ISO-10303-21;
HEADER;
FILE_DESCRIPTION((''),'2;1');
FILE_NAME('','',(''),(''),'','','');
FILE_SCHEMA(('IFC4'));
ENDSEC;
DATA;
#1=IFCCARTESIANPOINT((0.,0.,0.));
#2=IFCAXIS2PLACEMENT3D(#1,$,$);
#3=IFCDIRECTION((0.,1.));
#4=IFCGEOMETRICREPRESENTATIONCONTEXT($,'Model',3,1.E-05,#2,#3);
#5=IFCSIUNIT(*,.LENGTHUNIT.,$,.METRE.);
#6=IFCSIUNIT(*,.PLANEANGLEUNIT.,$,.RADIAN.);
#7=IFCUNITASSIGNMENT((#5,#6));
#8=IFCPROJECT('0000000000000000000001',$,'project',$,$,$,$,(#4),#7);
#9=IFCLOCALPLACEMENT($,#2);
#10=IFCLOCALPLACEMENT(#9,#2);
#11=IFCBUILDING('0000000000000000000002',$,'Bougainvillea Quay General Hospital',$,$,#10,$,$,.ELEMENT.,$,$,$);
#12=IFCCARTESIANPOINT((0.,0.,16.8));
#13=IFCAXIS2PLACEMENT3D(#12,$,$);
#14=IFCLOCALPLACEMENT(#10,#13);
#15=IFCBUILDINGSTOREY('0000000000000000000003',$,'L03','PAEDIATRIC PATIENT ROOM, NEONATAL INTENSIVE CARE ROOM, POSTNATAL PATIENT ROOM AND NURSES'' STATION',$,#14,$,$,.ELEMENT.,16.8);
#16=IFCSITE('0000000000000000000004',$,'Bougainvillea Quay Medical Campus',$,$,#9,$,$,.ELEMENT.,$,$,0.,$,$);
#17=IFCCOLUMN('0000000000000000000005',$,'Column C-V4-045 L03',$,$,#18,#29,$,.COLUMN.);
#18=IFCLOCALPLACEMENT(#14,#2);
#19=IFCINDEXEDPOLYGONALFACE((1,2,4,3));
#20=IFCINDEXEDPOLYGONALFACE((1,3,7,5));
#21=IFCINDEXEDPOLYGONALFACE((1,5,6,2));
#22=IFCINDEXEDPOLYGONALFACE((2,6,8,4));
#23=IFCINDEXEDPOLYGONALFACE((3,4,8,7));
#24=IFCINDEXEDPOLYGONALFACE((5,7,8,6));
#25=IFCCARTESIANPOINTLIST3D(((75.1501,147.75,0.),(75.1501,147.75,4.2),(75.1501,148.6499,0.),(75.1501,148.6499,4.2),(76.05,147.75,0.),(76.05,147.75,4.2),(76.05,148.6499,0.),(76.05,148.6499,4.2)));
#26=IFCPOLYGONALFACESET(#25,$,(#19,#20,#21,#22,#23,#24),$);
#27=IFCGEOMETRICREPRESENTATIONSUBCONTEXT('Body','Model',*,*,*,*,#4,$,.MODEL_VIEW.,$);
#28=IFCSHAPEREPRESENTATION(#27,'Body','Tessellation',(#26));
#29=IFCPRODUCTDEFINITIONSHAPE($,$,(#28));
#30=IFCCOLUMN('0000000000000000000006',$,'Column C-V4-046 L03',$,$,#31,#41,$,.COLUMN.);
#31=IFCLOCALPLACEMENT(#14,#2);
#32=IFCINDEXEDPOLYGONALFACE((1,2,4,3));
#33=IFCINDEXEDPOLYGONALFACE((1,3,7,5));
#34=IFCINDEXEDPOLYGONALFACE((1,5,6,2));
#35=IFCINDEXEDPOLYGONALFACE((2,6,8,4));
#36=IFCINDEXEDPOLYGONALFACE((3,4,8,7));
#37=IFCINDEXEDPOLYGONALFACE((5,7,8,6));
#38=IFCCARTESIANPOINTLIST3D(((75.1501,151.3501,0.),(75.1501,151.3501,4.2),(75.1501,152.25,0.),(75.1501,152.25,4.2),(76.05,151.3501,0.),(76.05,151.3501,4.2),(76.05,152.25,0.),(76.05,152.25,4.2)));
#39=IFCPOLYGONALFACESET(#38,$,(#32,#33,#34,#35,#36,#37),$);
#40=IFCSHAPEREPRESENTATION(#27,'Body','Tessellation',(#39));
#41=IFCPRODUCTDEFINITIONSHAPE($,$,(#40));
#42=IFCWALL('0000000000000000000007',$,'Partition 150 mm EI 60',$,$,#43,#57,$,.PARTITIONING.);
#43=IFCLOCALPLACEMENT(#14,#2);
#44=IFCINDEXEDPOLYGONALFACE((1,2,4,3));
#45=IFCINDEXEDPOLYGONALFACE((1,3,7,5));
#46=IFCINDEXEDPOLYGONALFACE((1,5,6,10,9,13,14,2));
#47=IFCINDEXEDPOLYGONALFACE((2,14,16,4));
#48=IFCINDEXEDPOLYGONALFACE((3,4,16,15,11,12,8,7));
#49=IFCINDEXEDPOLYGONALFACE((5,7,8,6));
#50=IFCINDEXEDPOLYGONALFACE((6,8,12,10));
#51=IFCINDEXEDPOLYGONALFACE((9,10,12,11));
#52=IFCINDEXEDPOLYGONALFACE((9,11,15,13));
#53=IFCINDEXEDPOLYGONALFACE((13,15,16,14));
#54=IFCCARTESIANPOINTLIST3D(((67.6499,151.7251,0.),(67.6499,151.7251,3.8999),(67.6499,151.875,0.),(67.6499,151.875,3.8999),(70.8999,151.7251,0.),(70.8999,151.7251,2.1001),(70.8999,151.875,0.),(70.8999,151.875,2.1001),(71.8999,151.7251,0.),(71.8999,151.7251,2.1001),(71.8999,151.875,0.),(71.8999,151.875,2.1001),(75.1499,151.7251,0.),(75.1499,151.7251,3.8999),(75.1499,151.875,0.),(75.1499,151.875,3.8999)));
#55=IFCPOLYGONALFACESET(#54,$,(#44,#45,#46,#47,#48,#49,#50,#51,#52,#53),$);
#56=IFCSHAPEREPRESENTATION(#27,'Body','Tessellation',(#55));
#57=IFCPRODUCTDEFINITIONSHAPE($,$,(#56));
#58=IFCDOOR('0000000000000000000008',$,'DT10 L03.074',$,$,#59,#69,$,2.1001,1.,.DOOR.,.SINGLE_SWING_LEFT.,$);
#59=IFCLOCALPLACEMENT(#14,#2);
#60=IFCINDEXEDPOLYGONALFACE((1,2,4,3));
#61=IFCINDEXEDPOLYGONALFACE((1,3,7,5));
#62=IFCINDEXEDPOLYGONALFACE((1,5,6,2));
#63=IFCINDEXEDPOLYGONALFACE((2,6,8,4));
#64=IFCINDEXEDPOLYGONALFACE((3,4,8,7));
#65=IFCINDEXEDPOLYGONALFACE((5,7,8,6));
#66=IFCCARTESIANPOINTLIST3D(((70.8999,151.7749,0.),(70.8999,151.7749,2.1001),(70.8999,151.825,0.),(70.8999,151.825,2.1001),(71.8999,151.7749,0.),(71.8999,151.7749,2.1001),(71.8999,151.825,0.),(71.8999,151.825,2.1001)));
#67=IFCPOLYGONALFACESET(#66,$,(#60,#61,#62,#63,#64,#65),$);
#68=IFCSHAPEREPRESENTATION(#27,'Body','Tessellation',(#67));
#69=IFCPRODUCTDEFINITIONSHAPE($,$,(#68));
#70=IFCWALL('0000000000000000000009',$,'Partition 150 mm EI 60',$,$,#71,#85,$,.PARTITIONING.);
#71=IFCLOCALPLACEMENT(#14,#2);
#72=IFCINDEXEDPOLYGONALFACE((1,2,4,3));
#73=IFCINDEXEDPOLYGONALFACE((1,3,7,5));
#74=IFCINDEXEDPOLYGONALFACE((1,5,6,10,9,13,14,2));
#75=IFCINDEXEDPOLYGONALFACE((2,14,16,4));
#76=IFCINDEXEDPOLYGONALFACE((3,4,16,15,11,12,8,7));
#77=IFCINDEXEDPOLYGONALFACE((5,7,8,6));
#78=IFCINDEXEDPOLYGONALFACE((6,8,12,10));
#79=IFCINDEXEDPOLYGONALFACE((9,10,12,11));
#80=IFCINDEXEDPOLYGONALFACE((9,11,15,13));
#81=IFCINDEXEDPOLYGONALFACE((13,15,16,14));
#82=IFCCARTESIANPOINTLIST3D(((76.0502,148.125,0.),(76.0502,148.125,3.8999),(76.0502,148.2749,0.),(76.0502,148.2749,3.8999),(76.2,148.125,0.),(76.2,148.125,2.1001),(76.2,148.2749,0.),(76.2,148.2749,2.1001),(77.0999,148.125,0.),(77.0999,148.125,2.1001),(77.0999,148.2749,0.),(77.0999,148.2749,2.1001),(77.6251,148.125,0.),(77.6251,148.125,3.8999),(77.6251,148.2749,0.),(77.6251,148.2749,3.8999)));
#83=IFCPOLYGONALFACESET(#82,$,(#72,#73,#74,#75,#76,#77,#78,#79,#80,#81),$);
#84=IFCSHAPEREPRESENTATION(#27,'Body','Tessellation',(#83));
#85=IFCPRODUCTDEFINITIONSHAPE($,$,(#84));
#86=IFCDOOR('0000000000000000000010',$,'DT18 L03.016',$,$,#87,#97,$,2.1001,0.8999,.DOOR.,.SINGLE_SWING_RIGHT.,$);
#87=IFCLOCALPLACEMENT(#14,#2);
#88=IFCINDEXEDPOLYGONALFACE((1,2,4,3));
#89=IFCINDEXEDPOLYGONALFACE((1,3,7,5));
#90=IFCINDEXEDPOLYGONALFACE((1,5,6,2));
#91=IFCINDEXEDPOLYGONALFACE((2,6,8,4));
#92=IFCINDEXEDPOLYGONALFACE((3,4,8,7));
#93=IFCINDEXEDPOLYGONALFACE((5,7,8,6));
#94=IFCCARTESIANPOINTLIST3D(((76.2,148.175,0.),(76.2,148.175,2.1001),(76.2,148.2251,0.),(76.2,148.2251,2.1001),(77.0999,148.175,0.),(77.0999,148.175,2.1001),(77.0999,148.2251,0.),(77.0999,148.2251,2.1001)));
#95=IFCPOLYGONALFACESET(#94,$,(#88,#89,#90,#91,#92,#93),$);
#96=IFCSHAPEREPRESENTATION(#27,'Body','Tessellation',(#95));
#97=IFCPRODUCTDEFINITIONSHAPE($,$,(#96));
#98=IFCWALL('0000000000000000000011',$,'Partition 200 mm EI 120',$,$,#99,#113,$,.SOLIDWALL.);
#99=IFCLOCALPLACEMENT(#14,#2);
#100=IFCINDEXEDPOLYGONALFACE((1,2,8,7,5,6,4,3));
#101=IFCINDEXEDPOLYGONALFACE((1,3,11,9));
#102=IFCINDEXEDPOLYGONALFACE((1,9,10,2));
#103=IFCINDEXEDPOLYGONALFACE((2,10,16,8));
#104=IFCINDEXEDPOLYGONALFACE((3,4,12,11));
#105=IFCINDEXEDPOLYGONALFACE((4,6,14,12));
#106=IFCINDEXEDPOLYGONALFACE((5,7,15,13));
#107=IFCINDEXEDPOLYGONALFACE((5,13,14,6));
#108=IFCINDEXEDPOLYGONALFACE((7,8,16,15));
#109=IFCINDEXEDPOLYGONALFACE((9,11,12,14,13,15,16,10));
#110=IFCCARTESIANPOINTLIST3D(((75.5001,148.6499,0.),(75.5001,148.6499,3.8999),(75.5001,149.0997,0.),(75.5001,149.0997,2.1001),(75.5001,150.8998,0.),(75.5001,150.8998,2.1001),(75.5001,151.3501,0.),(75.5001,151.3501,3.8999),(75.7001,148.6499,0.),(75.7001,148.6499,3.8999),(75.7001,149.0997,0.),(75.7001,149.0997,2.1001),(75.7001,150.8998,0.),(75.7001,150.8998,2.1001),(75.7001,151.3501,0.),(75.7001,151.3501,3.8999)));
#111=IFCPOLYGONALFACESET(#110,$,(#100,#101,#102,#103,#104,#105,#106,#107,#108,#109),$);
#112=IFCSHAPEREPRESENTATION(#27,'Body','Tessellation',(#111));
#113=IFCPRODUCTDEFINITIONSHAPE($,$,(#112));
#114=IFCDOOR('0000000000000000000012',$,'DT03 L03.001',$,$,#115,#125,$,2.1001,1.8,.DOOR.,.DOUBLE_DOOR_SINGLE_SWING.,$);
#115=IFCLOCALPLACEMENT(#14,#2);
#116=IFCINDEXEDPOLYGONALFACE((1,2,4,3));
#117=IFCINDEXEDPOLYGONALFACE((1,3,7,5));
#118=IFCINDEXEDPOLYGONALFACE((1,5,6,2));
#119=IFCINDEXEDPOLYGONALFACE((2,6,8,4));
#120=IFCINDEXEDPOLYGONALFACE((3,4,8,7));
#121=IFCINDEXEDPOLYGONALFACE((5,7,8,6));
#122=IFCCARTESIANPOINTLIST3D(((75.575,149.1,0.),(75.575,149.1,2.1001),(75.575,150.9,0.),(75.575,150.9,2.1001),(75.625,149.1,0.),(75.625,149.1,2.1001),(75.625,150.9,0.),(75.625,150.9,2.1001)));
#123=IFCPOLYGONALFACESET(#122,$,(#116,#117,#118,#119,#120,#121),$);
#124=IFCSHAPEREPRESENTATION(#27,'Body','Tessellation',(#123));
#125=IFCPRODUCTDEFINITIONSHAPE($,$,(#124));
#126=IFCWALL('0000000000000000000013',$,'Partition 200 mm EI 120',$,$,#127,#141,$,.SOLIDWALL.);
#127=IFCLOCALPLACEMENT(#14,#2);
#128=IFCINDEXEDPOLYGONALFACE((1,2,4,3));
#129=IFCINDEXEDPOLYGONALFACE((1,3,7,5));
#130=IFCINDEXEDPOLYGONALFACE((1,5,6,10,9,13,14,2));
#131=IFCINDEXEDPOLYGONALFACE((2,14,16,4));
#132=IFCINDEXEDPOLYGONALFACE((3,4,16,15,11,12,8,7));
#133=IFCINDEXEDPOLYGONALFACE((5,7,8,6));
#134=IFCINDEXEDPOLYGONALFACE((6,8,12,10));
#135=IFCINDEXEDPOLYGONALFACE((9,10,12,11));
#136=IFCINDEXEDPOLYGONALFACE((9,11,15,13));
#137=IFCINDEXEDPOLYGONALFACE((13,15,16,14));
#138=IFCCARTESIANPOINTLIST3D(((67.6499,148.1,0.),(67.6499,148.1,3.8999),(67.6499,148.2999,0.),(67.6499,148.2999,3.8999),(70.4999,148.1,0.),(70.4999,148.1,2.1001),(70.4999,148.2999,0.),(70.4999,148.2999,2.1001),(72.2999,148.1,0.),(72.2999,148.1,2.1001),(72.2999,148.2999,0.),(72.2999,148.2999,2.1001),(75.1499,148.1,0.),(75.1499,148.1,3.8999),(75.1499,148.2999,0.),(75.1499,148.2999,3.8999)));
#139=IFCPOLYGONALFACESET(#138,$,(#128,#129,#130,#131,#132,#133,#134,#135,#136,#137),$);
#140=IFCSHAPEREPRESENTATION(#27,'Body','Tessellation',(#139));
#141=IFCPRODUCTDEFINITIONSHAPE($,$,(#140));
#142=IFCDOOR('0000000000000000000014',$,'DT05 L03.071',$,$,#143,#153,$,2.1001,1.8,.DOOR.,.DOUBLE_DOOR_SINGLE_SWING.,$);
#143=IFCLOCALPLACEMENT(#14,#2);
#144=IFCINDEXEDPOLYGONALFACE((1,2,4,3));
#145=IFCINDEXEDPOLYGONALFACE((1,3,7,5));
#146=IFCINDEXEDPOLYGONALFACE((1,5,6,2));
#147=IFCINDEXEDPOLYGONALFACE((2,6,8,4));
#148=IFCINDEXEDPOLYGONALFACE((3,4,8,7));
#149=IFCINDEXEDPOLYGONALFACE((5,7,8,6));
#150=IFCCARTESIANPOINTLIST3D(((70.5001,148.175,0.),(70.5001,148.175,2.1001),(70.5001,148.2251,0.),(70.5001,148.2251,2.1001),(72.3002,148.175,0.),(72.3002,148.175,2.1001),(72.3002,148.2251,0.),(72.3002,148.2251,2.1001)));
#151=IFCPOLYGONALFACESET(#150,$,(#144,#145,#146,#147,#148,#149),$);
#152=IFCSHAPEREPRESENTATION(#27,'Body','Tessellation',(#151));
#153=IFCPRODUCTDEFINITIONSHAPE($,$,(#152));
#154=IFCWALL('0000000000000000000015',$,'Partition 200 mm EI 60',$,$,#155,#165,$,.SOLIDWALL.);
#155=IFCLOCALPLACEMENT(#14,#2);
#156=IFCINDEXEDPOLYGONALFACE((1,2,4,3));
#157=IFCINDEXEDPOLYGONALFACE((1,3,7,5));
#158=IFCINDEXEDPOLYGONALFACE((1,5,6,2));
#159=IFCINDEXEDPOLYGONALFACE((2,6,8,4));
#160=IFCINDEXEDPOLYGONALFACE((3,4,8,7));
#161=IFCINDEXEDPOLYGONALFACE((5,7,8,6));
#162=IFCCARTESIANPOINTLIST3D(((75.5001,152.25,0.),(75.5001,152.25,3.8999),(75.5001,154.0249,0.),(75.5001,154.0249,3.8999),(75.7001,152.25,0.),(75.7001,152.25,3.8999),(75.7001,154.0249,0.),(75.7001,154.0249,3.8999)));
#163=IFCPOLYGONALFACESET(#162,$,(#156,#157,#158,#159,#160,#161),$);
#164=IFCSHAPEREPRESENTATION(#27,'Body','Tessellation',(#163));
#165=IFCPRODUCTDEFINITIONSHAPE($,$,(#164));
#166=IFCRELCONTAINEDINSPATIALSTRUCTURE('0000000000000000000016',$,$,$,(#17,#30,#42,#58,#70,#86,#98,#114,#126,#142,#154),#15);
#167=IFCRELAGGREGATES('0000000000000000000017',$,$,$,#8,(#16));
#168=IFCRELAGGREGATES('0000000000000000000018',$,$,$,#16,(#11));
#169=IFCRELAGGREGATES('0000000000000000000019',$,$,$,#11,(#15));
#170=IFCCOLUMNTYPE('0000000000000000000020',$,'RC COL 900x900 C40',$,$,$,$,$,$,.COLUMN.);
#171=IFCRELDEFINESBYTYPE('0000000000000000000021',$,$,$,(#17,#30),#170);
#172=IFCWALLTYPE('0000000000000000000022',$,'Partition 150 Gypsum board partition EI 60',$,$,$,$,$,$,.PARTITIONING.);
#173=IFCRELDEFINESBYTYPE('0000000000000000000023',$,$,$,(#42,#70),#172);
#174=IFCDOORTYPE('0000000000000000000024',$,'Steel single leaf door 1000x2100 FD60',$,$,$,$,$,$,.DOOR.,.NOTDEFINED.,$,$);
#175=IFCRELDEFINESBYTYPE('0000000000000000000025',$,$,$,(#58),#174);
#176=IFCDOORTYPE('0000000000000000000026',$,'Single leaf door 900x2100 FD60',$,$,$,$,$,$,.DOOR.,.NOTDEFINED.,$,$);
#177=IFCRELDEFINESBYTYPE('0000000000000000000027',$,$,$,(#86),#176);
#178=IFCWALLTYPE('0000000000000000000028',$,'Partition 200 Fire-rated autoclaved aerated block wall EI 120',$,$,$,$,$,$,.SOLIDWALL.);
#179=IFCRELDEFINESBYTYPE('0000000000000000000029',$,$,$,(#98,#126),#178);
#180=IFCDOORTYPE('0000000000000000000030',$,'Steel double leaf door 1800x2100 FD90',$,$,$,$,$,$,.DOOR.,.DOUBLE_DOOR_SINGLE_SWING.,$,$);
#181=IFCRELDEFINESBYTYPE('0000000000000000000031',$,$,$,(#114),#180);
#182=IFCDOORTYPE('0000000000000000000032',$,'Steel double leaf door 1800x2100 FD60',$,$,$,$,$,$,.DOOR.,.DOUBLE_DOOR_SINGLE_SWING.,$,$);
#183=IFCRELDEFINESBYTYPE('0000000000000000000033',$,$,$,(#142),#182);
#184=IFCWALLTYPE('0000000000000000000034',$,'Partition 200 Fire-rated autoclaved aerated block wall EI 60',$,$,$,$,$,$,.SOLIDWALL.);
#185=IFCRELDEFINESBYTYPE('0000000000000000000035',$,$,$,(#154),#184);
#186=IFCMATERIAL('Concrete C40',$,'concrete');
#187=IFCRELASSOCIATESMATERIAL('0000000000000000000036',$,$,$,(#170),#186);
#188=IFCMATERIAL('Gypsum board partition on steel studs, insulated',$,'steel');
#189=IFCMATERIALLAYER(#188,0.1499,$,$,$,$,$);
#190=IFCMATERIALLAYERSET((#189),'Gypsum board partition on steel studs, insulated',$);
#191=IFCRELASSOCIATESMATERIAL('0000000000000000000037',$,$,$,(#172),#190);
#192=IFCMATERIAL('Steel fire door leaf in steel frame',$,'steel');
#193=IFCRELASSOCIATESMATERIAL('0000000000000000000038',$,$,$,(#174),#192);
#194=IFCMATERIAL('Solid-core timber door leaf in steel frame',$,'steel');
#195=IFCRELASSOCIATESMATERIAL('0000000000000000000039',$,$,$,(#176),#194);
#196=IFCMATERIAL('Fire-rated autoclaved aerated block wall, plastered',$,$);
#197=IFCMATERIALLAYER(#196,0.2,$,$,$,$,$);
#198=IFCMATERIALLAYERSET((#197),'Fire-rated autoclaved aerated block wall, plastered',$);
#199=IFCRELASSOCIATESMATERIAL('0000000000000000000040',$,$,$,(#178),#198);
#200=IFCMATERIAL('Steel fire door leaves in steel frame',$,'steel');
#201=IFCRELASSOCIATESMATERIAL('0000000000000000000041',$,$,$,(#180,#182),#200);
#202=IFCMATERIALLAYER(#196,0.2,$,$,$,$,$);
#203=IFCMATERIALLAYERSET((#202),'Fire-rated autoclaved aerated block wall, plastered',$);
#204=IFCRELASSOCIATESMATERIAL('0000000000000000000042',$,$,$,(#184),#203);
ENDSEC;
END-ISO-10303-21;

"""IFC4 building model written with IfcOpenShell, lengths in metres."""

from ifc_helpers import new_model, si_unit, direction, frame, frame_2d, origin, origin_2d, place, context, subcontext, project, spatial, rectangle, extrude, material, layer, layer_set, material_profile, profile_set, type_object, element, fill, save


model = new_model("IFC4")

# Units and contexts
model_context = context("Model", 3, precision=1e-05, world=origin(), true_north=direction((0.0, 1.0)))
body_context = subcontext(model_context, "Body", "Model", "MODEL_VIEW")
ifc_project = project(units=[si_unit("LENGTHUNIT", "METRE"), si_unit("PLANEANGLEUNIT", "RADIAN")], contexts=[model_context])

# Site, building, storey
site_placement = place(None, origin())
site = spatial("IfcSite", under=ifc_project, at=site_placement, Name="Bougainvillea Quay Medical Campus", CompositionType="ELEMENT", RefElevation=0.0)
building_placement = place(site_placement, origin())
building = spatial("IfcBuilding", under=site, at=building_placement, Name="Bougainvillea Quay General Hospital", CompositionType="ELEMENT")
storey_placement = place(building_placement, frame((0.0, 0.0, 16.8)))
storey = spatial("IfcBuildingStorey", under=building, at=storey_placement, Name="L03", Description="PAEDIATRIC PATIENT ROOM, NEONATAL INTENSIVE CARE ROOM, POSTNATAL PATIENT ROOM AND NURSES' STATION", CompositionType="ELEMENT", Elevation=16.8)

# Columns
ifc_material_1 = material(Name="Concrete C40", Category="concrete")
ifc_material_profile_1 = material_profile(ifc_material_1, rectangle(XDim=0.8999, YDim=0.8999, at=origin_2d()))
ifc_profile_set_1 = profile_set([ifc_material_profile_1], Name="Concrete C40")
column_type = type_object("IfcColumnType", Name="RC COL 900x900 C40", PredefinedType="COLUMN", material=ifc_profile_set_1)
for number, where, z_axis, x_axis, name in (
    (1, (75.6001, 148.2, 0.0), (0.0, 0.0, 1.0), (1.0, 0.0, 0.0), "Column C-V4-045 L03"),
    (2, (75.6001, 151.8, 0.0), (0.0, 0.0, 1.0), (1.0, 0.0, 0.0), "Column C-V4-046 L03"),
):
    element("IfcColumn", number, at=place(storey_placement, frame(where, z_axis=z_axis, x_axis=x_axis)), inside=storey, type_object=column_type, Name=name, PredefinedType="COLUMN", context=body_context, shape_type="SweptSolid", body=[
        extrude(rectangle(XDim=0.8999, YDim=0.8999, at=origin_2d()), origin(), (0.0, 0.0, 1.0), 4.2),
    ])

# Walls, openings, doors
ifc_material_2 = material(Name="Gypsum board partition on steel studs, insulated", Category="steel")
ifc_layer_1 = layer(ifc_material_2, 0.1499)
ifc_layer_set_1 = layer_set([ifc_layer_1], Name="Gypsum board partition on steel studs, insulated")
wall_type_1 = type_object("IfcWallType", Name="Partition 150 Gypsum board partition EI 60", PredefinedType="PARTITIONING", material=ifc_layer_set_1)
wall_1_placement = place(storey_placement, frame((67.6499, 151.8, 0.0), z_axis=(0.0, 0.0, 1.0), x_axis=(1.0, 0.0, 0.0)))
wall_1 = element("IfcWall", 3, at=wall_1_placement, inside=storey, type_object=wall_type_1, Name="Partition 150 mm EI 60", PredefinedType="PARTITIONING", context=body_context, shape_type="SweptSolid", body=[
    extrude(rectangle(XDim=7.5, YDim=0.1499, at=frame_2d((3.75, 0.0))), origin(), (0.0, 0.0, 1.0), 3.8999),
])
opening_1_placement = place(wall_1_placement, frame((3.25, 0.0, 0.0)))
opening_1 = element("IfcOpeningElement", 4, at=opening_1_placement, cuts=wall_1, PredefinedType="OPENING", context=body_context, shape_type="SweptSolid", body=[
    extrude(rectangle(XDim=1.0, YDim=2.1001, at=frame_2d((0.5, 1.05))), frame((0.0, 0.085, 0.0), z_axis=(0.0, -1.0, 0.0), x_axis=(1.0, 0.0, 0.0)), (0.0, 0.0, 1.0), 0.1699),
])
ifc_material_3 = material(Name="Steel fire door leaf in steel frame", Category="steel")
door_type_1 = type_object("IfcDoorType", Name="Steel single leaf door 1000x2100 FD60", OperationType="NOTDEFINED", PredefinedType="DOOR", material=ifc_material_3)
door_1_placement = place(opening_1_placement, origin())
door_1 = element("IfcDoor", 5, at=door_1_placement, inside=storey, type_object=door_type_1, Name="DT10 L03.074", OperationType="SINGLE_SWING_LEFT", OverallHeight=2.1001, OverallWidth=1.0, PredefinedType="DOOR", context=body_context, shape_type="SweptSolid", body=[
    extrude(rectangle(XDim=1.0, YDim=2.1001, at=frame_2d((0.5, 1.05))), frame((0.0, 0.0249, 0.0), z_axis=(0.0, -1.0, 0.0), x_axis=(1.0, 0.0, 0.0)), (0.0, 0.0, 1.0), 0.05),
])
fill(opening_1, door_1)
wall_2_placement = place(storey_placement, frame((76.05, 148.2, 0.0), z_axis=(0.0, 0.0, 1.0), x_axis=(1.0, 0.0, 0.0)))
wall_2 = element("IfcWall", 6, at=wall_2_placement, inside=storey, type_object=wall_type_1, Name="Partition 150 mm EI 60", PredefinedType="PARTITIONING", context=body_context, shape_type="SweptSolid", body=[
    extrude(rectangle(XDim=1.575, YDim=0.1499, at=frame_2d((0.7876, 0.0))), origin(), (0.0, 0.0, 1.0), 3.8999),
])
opening_2_placement = place(wall_2_placement, frame((0.1499, 0.0, 0.0)))
opening_2 = element("IfcOpeningElement", 7, at=opening_2_placement, cuts=wall_2, PredefinedType="OPENING", context=body_context, shape_type="SweptSolid", body=[
    extrude(rectangle(XDim=0.8999, YDim=2.1001, at=frame_2d((0.45, 1.05))), frame((0.0, 0.085, 0.0), z_axis=(0.0, -1.0, 0.0), x_axis=(1.0, 0.0, 0.0)), (0.0, 0.0, 1.0), 0.1699),
])
ifc_material_4 = material(Name="Solid-core timber door leaf in steel frame", Category="steel")
door_type_2 = type_object("IfcDoorType", Name="Single leaf door 900x2100 FD60", OperationType="NOTDEFINED", PredefinedType="DOOR", material=ifc_material_4)
door_2_placement = place(opening_2_placement, frame((0.8999, 0.0, 0.0), z_axis=(0.0, 0.0, 1.0), x_axis=(-1.0, 0.0, 0.0)))
door_2 = element("IfcDoor", 8, at=door_2_placement, inside=storey, type_object=door_type_2, Name="DT18 L03.016", OperationType="SINGLE_SWING_RIGHT", OverallHeight=2.1001, OverallWidth=0.8999, PredefinedType="DOOR", context=body_context, shape_type="SweptSolid", body=[
    extrude(rectangle(XDim=0.8999, YDim=2.1001, at=frame_2d((0.45, 1.05))), frame((0.0, 0.0249, 0.0), z_axis=(0.0, -1.0, 0.0), x_axis=(1.0, 0.0, 0.0)), (0.0, 0.0, 1.0), 0.05),
])
fill(opening_2, door_2)
ifc_material_5 = material(Name="Fire-rated autoclaved aerated block wall, plastered")
ifc_layer_2 = layer(ifc_material_5, 0.2)
ifc_layer_set_2 = layer_set([ifc_layer_2], Name="Fire-rated autoclaved aerated block wall, plastered")
wall_type_2 = type_object("IfcWallType", Name="Partition 200 Fire-rated autoclaved aerated block wall EI 120", PredefinedType="SOLIDWALL", material=ifc_layer_set_2)
wall_3_placement = place(storey_placement, frame((75.6001, 148.6499, 0.0), z_axis=(0.0, 0.0, 1.0), x_axis=(0.0, 1.0, 0.0)))
wall_3 = element("IfcWall", 9, at=wall_3_placement, inside=storey, type_object=wall_type_2, Name="Partition 200 mm EI 120", PredefinedType="SOLIDWALL", context=body_context, shape_type="SweptSolid", body=[
    extrude(rectangle(XDim=2.7002, YDim=0.2, at=frame_2d((1.3501, 0.0))), origin(), (0.0, 0.0, 1.0), 3.8999),
])
opening_3_placement = place(wall_3_placement, frame((0.45, 0.0, 0.0)))
opening_3 = element("IfcOpeningElement", 10, at=opening_3_placement, cuts=wall_3, PredefinedType="OPENING", context=body_context, shape_type="SweptSolid", body=[
    extrude(rectangle(XDim=1.8, YDim=2.1001, at=frame_2d((0.8999, 1.05))), frame((0.0, 0.1099, 0.0), z_axis=(0.0, -1.0, 0.0), x_axis=(1.0, 0.0, 0.0)), (0.0, 0.0, 1.0), 0.22),
])
ifc_material_6 = material(Name="Steel fire door leaves in steel frame", Category="steel")
door_type_3 = type_object("IfcDoorType", Name="Steel double leaf door 1800x2100 FD90", OperationType="DOUBLE_DOOR_SINGLE_SWING", PredefinedType="DOOR", material=ifc_material_6)
door_3_placement = place(opening_3_placement, frame((1.8, 0.0, 0.0), z_axis=(0.0, 0.0, 1.0), x_axis=(-1.0, 0.0, 0.0)))
door_3 = element("IfcDoor", 11, at=door_3_placement, inside=storey, type_object=door_type_3, Name="DT03 L03.001", OperationType="DOUBLE_DOOR_SINGLE_SWING", OverallHeight=2.1001, OverallWidth=1.8, PredefinedType="DOOR", context=body_context, shape_type="SweptSolid", body=[
    extrude(rectangle(XDim=1.8, YDim=2.1001, at=frame_2d((0.8999, 1.05))), frame((0.0, 0.0249, 0.0), z_axis=(0.0, -1.0, 0.0), x_axis=(1.0, 0.0, 0.0)), (0.0, 0.0, 1.0), 0.05),
])
fill(opening_3, door_3)
wall_4_placement = place(storey_placement, frame((67.6499, 148.2, 0.0), z_axis=(0.0, 0.0, 1.0), x_axis=(1.0, 0.0, 0.0)))
wall_4 = element("IfcWall", 12, at=wall_4_placement, inside=storey, type_object=wall_type_2, Name="Partition 200 mm EI 120", PredefinedType="SOLIDWALL", context=body_context, shape_type="SweptSolid", body=[
    extrude(rectangle(XDim=7.5, YDim=0.2, at=frame_2d((3.75, 0.0))), origin(), (0.0, 0.0, 1.0), 3.8999),
])
opening_4_placement = place(wall_4_placement, frame((2.8501, 0.0, 0.0)))
opening_4 = element("IfcOpeningElement", 13, at=opening_4_placement, cuts=wall_4, PredefinedType="OPENING", context=body_context, shape_type="SweptSolid", body=[
    extrude(rectangle(XDim=1.8, YDim=2.1001, at=frame_2d((0.8999, 1.05))), frame((0.0, 0.1099, 0.0), z_axis=(0.0, -1.0, 0.0), x_axis=(1.0, 0.0, 0.0)), (0.0, 0.0, 1.0), 0.22),
])
door_type_4 = type_object("IfcDoorType", Name="Steel double leaf door 1800x2100 FD60", OperationType="DOUBLE_DOOR_SINGLE_SWING", PredefinedType="DOOR", material=ifc_material_6)
door_4_placement = place(opening_4_placement, frame((1.8, 0.0, 0.0), z_axis=(0.0, 0.0, 1.0), x_axis=(-1.0, 0.0, 0.0)))
door_4 = element("IfcDoor", 14, at=door_4_placement, inside=storey, type_object=door_type_4, Name="DT05 L03.071", OperationType="DOUBLE_DOOR_SINGLE_SWING", OverallHeight=2.1001, OverallWidth=1.8, PredefinedType="DOOR", context=body_context, shape_type="SweptSolid", body=[
    extrude(rectangle(XDim=1.8, YDim=2.1001, at=frame_2d((0.8999, 1.05))), frame((0.0, 0.0249, 0.0), z_axis=(0.0, -1.0, 0.0), x_axis=(1.0, 0.0, 0.0)), (0.0, 0.0, 1.0), 0.05),
])
fill(opening_4, door_4)

# Wall
ifc_layer_3 = layer(ifc_material_5, 0.2)
ifc_layer_set_3 = layer_set([ifc_layer_3], Name="Fire-rated autoclaved aerated block wall, plastered")
wall_type_3 = type_object("IfcWallType", Name="Partition 200 Fire-rated autoclaved aerated block wall EI 60", PredefinedType="SOLIDWALL", material=ifc_layer_set_3)
wall_5_placement = place(storey_placement, frame((75.6001, 152.25, 0.0), z_axis=(0.0, 0.0, 1.0), x_axis=(0.0, 1.0, 0.0)))
element("IfcWall", 15, at=wall_5_placement, inside=storey, type_object=wall_type_3, Name="Partition 200 mm EI 60", PredefinedType="SOLIDWALL", context=body_context, shape_type="SweptSolid", body=[
    extrude(rectangle(XDim=1.7749, YDim=0.2, at=frame_2d((0.8875, 0.0))), origin(), (0.0, 0.0, 1.0), 3.8999),
])

save(model, "model.ifc")
